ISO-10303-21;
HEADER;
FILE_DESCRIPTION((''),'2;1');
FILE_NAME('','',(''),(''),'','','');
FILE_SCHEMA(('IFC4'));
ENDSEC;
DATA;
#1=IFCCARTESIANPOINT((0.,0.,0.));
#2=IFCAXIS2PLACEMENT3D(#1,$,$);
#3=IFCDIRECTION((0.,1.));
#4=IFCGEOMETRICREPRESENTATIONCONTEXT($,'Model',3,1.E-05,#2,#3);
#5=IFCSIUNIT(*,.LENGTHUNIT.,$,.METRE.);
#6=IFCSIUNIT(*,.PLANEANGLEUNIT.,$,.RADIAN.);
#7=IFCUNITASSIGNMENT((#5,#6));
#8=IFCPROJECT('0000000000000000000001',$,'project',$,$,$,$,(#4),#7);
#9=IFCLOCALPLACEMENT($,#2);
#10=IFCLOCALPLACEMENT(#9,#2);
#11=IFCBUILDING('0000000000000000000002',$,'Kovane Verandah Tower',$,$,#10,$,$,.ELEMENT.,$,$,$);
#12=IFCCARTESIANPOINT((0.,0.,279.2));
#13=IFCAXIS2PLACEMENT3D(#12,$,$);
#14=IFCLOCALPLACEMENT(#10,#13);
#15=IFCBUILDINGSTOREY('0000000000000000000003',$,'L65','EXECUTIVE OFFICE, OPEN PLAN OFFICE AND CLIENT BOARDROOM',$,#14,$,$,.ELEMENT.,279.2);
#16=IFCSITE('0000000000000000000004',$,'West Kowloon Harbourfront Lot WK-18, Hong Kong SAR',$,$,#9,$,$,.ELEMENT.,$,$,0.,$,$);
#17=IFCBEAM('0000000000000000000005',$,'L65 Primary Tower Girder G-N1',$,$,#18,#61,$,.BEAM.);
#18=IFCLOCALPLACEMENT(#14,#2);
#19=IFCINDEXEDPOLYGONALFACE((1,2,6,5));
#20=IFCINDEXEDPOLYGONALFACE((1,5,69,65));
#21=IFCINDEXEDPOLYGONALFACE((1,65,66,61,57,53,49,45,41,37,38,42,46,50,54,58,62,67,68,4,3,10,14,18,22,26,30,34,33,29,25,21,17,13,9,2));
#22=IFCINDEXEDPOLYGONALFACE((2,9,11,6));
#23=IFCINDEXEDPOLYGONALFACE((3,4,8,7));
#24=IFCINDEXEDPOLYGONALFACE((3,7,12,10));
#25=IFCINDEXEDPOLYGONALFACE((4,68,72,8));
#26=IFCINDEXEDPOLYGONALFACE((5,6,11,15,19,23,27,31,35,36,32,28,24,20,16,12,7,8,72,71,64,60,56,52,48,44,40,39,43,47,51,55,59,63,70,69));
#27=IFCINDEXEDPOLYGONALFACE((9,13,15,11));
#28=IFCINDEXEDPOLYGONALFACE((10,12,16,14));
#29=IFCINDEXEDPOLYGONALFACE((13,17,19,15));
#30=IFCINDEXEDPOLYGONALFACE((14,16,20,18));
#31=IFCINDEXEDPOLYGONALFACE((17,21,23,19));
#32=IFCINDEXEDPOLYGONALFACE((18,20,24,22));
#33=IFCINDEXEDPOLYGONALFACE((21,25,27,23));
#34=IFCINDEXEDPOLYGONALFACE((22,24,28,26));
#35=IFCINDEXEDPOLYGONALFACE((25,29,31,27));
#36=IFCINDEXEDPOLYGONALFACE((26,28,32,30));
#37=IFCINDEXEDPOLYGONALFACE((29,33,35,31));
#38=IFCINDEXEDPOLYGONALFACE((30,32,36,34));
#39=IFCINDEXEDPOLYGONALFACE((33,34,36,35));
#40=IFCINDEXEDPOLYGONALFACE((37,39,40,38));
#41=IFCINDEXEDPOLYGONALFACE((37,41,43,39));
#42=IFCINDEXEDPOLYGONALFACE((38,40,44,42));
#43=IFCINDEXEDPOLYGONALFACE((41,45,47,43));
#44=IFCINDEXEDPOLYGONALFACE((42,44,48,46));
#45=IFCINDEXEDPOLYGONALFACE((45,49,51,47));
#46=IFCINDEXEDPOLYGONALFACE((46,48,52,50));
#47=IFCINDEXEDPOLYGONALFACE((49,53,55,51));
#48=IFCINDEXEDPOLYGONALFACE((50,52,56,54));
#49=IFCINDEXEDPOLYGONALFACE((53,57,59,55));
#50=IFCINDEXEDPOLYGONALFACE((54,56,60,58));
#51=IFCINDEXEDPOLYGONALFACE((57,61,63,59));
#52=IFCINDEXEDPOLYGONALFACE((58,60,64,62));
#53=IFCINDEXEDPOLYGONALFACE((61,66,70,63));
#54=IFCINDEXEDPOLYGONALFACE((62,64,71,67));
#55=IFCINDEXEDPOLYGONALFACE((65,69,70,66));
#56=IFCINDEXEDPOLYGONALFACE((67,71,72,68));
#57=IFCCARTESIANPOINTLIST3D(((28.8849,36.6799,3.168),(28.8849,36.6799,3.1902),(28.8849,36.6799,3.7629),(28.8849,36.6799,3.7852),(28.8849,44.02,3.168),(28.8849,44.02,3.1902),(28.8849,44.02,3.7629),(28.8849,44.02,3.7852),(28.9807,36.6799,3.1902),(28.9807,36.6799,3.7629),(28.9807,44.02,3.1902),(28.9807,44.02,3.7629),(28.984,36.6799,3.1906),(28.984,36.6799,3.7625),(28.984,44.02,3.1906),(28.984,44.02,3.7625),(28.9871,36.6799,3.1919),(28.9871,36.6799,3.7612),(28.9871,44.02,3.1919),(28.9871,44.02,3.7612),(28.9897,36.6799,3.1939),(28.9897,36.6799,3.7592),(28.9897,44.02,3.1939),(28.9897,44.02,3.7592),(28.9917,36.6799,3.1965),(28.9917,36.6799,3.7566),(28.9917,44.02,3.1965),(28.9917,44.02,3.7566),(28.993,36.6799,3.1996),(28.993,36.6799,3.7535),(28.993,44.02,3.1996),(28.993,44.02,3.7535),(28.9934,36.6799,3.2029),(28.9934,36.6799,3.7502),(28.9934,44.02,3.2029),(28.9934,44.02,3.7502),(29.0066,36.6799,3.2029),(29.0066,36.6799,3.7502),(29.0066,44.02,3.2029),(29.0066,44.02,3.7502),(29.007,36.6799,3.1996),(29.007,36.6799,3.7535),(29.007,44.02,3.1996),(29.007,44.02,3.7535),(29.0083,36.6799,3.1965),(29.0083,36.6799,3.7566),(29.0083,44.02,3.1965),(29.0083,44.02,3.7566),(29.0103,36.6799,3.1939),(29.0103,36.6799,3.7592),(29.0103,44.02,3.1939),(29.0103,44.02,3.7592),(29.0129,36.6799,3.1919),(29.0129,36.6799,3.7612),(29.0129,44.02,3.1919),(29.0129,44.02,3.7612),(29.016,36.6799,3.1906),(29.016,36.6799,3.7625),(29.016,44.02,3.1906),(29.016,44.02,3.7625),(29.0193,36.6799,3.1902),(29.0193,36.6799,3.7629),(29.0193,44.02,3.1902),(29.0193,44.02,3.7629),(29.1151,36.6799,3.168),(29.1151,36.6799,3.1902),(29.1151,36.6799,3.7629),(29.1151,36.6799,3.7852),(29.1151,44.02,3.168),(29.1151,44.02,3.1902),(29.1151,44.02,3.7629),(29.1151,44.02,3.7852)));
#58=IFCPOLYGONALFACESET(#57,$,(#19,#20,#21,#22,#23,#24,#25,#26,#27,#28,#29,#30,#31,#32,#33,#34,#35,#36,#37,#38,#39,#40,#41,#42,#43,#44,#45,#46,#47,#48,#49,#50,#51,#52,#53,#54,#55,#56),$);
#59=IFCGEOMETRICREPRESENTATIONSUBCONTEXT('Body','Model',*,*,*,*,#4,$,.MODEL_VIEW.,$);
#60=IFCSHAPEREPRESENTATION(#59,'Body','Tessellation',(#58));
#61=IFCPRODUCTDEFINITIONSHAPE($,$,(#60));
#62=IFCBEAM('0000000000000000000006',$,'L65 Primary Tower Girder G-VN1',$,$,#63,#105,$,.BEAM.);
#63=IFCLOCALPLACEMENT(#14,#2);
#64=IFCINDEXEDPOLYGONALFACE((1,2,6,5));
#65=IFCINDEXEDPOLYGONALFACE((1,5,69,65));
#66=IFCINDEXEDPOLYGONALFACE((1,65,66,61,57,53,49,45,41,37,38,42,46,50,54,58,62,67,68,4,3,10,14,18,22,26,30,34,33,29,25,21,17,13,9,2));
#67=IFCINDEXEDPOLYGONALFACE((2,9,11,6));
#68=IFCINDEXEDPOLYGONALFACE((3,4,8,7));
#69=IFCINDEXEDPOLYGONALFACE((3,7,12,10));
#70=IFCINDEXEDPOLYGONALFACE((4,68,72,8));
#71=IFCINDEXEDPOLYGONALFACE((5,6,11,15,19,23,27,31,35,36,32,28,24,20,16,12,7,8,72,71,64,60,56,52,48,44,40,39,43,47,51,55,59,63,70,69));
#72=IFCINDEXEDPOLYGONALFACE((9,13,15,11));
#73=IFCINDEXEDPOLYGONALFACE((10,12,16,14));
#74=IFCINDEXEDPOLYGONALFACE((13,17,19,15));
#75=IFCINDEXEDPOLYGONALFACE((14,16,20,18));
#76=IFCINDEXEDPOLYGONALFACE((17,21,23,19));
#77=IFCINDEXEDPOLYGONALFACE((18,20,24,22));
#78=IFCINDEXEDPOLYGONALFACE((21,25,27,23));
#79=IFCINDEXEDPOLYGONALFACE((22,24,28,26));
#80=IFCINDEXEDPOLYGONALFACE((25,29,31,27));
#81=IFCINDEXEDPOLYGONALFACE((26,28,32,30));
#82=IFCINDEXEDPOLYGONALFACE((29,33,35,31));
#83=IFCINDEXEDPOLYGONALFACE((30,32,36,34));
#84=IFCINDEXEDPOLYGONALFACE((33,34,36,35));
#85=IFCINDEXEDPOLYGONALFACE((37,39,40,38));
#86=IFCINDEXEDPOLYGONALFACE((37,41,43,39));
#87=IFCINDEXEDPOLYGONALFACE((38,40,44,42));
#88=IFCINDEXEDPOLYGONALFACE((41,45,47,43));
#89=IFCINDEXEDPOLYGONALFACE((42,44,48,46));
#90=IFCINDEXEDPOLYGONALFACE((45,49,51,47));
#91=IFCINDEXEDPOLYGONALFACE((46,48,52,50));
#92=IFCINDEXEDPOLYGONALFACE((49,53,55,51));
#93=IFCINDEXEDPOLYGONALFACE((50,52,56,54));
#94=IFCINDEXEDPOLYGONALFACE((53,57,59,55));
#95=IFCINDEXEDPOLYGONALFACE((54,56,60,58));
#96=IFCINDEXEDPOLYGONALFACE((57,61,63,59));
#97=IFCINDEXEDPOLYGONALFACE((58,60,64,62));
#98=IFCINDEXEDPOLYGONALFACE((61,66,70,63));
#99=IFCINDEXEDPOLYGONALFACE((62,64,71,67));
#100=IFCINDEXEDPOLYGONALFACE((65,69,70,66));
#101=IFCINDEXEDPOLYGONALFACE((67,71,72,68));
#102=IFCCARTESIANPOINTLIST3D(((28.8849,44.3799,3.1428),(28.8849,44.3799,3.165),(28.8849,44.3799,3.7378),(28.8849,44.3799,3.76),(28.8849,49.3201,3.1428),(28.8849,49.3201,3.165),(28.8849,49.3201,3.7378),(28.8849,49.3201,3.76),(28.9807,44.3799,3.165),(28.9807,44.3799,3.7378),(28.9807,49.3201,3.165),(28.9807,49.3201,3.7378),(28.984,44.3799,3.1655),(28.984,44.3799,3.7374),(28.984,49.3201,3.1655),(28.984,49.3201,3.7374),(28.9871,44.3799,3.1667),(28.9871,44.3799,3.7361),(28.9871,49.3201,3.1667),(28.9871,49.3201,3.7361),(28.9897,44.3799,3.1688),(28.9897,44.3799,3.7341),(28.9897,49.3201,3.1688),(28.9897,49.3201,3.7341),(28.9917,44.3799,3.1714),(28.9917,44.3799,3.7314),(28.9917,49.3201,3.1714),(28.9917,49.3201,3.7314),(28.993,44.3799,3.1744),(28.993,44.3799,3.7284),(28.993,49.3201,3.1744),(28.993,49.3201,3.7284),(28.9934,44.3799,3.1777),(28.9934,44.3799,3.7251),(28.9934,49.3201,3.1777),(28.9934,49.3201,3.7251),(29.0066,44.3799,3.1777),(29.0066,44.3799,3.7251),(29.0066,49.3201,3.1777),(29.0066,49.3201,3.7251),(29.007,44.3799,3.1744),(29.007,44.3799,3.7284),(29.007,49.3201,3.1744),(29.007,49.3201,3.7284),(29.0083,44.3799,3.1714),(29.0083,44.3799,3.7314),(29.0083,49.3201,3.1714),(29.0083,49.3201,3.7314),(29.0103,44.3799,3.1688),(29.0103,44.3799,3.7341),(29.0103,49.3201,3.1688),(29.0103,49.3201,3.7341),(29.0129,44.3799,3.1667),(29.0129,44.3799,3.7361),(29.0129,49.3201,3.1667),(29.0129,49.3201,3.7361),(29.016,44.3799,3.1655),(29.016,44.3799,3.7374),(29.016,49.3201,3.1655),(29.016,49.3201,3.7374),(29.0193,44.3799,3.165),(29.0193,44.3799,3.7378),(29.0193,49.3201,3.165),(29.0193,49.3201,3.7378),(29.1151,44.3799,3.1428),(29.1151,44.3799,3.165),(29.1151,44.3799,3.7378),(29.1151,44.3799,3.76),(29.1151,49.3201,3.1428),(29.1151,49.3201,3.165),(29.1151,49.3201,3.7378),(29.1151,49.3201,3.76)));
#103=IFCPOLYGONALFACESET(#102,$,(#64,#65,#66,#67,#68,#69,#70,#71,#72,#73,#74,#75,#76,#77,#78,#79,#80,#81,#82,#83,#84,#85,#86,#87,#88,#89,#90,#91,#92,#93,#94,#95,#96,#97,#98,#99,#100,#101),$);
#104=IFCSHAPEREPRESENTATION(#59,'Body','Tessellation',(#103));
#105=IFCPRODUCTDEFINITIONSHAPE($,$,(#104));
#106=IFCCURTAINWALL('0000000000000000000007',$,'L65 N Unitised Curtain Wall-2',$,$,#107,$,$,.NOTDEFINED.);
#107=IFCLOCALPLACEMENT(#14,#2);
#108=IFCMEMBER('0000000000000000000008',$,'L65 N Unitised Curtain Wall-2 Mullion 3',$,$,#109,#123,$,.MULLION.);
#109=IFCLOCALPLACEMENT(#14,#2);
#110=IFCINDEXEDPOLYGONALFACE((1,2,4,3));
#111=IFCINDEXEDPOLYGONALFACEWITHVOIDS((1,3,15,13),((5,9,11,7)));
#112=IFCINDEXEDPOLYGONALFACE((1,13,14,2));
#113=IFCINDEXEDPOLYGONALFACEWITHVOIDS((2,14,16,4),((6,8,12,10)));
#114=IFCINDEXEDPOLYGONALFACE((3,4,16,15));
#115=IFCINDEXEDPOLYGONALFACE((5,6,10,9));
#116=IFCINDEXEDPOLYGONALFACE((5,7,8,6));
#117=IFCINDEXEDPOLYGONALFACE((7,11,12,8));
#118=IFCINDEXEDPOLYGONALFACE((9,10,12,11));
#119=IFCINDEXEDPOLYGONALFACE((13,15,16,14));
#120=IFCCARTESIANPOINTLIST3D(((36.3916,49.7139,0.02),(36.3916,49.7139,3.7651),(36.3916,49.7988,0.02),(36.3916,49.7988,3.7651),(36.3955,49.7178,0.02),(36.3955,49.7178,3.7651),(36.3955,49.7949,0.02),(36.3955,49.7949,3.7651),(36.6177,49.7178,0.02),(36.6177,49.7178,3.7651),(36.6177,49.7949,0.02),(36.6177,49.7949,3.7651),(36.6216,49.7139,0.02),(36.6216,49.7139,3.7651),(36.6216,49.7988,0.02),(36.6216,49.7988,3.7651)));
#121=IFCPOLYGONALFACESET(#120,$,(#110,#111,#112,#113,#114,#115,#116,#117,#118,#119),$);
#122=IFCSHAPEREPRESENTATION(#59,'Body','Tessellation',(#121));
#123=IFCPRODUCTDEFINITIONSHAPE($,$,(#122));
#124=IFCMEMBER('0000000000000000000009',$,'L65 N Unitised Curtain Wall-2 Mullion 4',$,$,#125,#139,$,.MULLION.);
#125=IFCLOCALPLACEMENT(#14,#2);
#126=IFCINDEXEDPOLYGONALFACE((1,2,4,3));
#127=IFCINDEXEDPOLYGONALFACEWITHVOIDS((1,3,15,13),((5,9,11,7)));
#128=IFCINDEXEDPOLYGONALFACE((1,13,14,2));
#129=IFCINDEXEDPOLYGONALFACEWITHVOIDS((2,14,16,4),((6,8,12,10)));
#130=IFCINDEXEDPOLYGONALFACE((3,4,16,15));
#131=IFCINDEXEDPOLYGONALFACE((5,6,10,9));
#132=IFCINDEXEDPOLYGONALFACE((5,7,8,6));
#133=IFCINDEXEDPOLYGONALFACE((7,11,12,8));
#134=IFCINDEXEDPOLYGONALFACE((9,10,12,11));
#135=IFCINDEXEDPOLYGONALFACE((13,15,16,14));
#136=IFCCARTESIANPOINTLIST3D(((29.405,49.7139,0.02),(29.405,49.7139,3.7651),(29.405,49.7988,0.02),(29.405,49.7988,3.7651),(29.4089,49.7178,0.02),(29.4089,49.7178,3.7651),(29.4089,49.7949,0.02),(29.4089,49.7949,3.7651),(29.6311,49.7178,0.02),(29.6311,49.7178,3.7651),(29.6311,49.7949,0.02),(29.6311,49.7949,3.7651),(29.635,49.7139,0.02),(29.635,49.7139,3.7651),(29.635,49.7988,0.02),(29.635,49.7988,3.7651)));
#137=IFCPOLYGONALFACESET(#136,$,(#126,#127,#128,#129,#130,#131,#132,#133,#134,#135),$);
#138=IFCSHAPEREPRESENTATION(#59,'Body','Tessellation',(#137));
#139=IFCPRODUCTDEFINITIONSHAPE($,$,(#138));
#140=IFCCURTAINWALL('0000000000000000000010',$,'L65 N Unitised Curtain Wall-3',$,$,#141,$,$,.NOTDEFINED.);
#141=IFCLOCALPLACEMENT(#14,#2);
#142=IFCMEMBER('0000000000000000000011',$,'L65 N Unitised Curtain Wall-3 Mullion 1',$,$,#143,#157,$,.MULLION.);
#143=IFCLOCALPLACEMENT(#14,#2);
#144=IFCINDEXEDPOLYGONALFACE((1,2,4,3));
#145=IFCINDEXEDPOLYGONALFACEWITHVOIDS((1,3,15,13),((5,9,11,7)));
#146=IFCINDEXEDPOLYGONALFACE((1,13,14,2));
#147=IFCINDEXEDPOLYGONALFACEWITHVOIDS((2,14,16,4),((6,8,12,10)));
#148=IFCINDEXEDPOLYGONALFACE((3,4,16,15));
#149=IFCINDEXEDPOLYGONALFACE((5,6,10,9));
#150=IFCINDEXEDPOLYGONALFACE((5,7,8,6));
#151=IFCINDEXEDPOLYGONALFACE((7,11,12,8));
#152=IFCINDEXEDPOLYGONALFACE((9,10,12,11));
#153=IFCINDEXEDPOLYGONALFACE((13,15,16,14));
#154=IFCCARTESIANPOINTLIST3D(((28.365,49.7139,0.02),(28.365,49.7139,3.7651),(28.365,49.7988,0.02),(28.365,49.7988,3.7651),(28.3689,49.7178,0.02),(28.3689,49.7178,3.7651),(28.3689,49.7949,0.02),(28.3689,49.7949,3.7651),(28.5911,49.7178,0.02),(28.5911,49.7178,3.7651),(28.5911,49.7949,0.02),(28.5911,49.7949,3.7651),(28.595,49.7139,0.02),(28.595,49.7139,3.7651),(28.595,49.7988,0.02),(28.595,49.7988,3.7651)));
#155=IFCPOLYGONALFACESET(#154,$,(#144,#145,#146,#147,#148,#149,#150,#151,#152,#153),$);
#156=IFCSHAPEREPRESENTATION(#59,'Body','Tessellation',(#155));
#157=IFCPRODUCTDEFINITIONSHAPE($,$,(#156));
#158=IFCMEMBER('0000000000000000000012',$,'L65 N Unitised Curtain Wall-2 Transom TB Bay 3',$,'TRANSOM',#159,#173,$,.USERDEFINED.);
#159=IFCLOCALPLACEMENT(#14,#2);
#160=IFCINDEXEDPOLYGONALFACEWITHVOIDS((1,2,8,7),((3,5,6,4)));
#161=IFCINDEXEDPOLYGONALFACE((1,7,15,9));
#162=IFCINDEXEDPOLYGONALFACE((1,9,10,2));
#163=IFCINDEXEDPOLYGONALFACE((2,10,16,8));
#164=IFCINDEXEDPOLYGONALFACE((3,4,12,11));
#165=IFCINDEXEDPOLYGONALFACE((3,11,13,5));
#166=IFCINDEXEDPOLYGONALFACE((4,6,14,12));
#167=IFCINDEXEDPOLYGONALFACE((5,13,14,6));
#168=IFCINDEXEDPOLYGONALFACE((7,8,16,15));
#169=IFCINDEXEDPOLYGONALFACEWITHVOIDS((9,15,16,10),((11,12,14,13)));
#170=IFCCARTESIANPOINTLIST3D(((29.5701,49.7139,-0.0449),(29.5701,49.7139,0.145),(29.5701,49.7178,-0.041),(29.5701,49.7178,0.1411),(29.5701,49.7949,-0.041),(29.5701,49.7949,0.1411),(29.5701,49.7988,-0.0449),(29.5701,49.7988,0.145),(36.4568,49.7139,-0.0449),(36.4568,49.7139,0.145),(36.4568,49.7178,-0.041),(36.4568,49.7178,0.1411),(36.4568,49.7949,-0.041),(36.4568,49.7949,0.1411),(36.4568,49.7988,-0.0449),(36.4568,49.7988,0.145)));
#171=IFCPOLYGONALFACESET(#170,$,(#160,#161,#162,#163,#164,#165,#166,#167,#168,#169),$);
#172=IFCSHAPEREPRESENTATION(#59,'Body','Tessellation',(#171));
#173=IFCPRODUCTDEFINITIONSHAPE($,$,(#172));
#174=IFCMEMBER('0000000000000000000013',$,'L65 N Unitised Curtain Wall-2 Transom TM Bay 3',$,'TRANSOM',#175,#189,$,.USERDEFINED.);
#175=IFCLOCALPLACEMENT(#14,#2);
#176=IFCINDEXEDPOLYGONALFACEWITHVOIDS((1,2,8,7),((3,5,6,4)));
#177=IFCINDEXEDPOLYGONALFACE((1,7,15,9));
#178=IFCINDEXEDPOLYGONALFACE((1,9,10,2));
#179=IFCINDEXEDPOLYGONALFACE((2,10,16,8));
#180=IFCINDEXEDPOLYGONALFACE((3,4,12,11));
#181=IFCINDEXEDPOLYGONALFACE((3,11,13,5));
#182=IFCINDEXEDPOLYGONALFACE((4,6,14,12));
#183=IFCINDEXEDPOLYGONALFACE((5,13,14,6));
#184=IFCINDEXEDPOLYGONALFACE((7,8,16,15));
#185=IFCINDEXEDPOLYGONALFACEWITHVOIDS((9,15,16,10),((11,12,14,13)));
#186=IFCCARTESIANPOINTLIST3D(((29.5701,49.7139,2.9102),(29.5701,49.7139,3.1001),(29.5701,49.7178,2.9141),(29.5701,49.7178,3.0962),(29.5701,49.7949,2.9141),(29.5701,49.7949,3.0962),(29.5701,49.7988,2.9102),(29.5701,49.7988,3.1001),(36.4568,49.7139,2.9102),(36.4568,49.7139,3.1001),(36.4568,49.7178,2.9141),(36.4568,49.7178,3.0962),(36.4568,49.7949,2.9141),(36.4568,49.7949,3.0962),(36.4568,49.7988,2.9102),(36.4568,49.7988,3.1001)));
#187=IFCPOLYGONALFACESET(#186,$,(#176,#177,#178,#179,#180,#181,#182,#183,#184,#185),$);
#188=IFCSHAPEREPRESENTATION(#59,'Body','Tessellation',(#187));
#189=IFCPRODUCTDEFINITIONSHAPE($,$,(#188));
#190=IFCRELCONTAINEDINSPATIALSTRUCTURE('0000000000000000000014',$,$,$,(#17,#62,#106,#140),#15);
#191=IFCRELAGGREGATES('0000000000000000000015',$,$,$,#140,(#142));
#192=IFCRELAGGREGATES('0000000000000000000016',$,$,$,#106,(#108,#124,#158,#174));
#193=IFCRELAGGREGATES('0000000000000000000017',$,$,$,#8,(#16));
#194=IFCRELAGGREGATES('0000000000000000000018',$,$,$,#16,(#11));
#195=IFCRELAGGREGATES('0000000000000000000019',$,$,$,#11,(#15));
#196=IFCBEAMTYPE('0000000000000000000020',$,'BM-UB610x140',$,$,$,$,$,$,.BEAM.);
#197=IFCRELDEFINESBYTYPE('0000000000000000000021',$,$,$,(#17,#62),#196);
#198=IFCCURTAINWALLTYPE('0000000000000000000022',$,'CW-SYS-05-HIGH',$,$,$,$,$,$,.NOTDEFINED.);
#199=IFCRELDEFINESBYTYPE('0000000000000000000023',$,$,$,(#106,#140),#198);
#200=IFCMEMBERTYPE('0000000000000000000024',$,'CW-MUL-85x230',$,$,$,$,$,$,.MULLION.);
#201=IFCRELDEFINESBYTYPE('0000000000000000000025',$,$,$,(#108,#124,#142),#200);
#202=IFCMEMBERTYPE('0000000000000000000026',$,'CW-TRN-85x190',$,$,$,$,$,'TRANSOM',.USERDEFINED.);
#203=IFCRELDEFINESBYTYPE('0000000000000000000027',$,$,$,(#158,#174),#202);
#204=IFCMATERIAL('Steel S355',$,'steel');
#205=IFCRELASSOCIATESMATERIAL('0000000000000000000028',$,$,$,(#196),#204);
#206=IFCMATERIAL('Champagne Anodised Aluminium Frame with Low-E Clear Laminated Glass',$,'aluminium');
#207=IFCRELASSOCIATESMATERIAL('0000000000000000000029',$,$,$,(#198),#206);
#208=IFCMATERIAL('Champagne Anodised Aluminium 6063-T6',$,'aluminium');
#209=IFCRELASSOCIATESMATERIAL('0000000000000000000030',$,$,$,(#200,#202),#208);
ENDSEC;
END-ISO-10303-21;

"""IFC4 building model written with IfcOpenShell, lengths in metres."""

from ifc_helpers import new_model, si_unit, direction, frame, origin, origin_2d, place, context, subcontext, project, spatial, hollow_rectangle, i_section, extrude, material, material_profile, profile_set, type_object, element, aggregate, save


model = new_model("IFC4")

# Units and contexts
model_context = context("Model", 3, precision=1e-05, world=origin(), true_north=direction((0.0, 1.0)))
body_context = subcontext(model_context, "Body", "Model", "MODEL_VIEW")
ifc_project = project(units=[si_unit("LENGTHUNIT", "METRE"), si_unit("PLANEANGLEUNIT", "RADIAN")], contexts=[model_context])

# Site, building, storey
site_placement = place(None, origin())
site = spatial("IfcSite", under=ifc_project, at=site_placement, Name="West Kowloon Harbourfront Lot WK-18, Hong Kong SAR", CompositionType="ELEMENT", RefElevation=0.0)
building_placement = place(site_placement, origin())
building = spatial("IfcBuilding", under=site, at=building_placement, Name="Kovane Verandah Tower", CompositionType="ELEMENT")
storey_placement = place(building_placement, frame((0.0, 0.0, 279.2)))
storey = spatial("IfcBuildingStorey", under=building, at=storey_placement, Name="L65", Description="EXECUTIVE OFFICE, OPEN PLAN OFFICE AND CLIENT BOARDROOM", CompositionType="ELEMENT", Elevation=279.2)

# Beams
ifc_material_1 = material(Name="Steel S355", Category="steel")
ifc_material_profile_1 = material_profile(ifc_material_1, i_section(OverallWidth=0.2302, OverallDepth=0.6172, WebThickness=0.0132, FlangeThickness=0.0222, FilletRadius=0.0127, at=origin_2d()), Name="UB610x229x140")
ifc_profile_set_1 = profile_set([ifc_material_profile_1], Name="Steel S355")
beam_type_1 = type_object("IfcBeamType", Name="BM-UB610x140", PredefinedType="BEAM", material=ifc_profile_set_1)
beam_1_placement = place(storey_placement, frame((29.0, 36.6799, 3.4766), z_axis=(0.0, 1.0, 0.0), x_axis=(-1.0, 0.0, 0.0)))
element("IfcBeam", 1, at=beam_1_placement, inside=storey, type_object=beam_type_1, Name="L65 Primary Tower Girder G-N1", PredefinedType="BEAM", context=body_context, shape_type="SweptSolid", body=[
    extrude(i_section(OverallWidth=0.2302, OverallDepth=0.6172, WebThickness=0.0132, FlangeThickness=0.0222, FilletRadius=0.0127, at=origin_2d()), origin(), (0.0, 0.0, 1.0), 7.3401),
])
beam_2_placement = place(storey_placement, frame((29.0, 44.3799, 3.4514), z_axis=(0.0, 1.0, 0.0), x_axis=(-1.0, 0.0, 0.0)))
element("IfcBeam", 2, at=beam_2_placement, inside=storey, type_object=beam_type_1, Name="L65 Primary Tower Girder G-VN1", PredefinedType="BEAM", context=body_context, shape_type="SweptSolid", body=[
    extrude(i_section(OverallWidth=0.2302, OverallDepth=0.6172, WebThickness=0.0132, FlangeThickness=0.0222, FilletRadius=0.0127, at=origin_2d()), origin(), (0.0, 0.0, 1.0), 4.9402),
])

# Curtain wall, members
ifc_material_2 = material(Name="Champagne Anodised Aluminium Frame with Low-E Clear Laminated Glass", Category="aluminium")
curtain_wall_type = type_object("IfcCurtainWallType", Name="CW-SYS-05-HIGH", PredefinedType="NOTDEFINED", material=ifc_material_2)
curtain_wall_1_placement = place(storey_placement, origin())
curtain_wall_1 = element("IfcCurtainWall", 3, at=curtain_wall_1_placement, inside=storey, type_object=curtain_wall_type, Name="L65 N Unitised Curtain Wall-2", PredefinedType="NOTDEFINED")
ifc_material_3 = material(Name="Champagne Anodised Aluminium 6063-T6", Category="aluminium")
ifc_material_profile_2 = material_profile(ifc_material_3, hollow_rectangle(XDim=0.085, YDim=0.23, WallThickness=0.0039, at=origin_2d()), Name="AL85x230x4")
ifc_profile_set_2 = profile_set([ifc_material_profile_2], Name="Champagne Anodised Aluminium 6063-T6")
member_type_1 = type_object("IfcMemberType", Name="CW-MUL-85x230", PredefinedType="MULLION", material=ifc_profile_set_2)
member_1_placement = place(storey_placement, frame((36.5066, 49.7563, 0.02), z_axis=(0.0, 0.0, 1.0), x_axis=(0.0, 1.0, 0.0)))
member_1 = element("IfcMember", 4, at=member_1_placement, type_object=member_type_1, Name="L65 N Unitised Curtain Wall-2 Mullion 3", PredefinedType="MULLION", context=body_context, shape_type="SweptSolid", body=[
    extrude(hollow_rectangle(XDim=0.085, YDim=0.23, WallThickness=0.0039, at=origin_2d()), origin(), (0.0, 0.0, 1.0), 3.7451),
])
member_2_placement = place(storey_placement, frame((29.52, 49.7563, 0.02), z_axis=(0.0, 0.0, 1.0), x_axis=(0.0, 1.0, 0.0)))
member_2 = element("IfcMember", 5, at=member_2_placement, type_object=member_type_1, Name="L65 N Unitised Curtain Wall-2 Mullion 4", PredefinedType="MULLION", context=body_context, shape_type="SweptSolid", body=[
    extrude(hollow_rectangle(XDim=0.085, YDim=0.23, WallThickness=0.0039, at=origin_2d()), origin(), (0.0, 0.0, 1.0), 3.7451),
])

# Curtain wall, member
curtain_wall_2_placement = place(storey_placement, origin())
curtain_wall_2 = element("IfcCurtainWall", 6, at=curtain_wall_2_placement, inside=storey, type_object=curtain_wall_type, Name="L65 N Unitised Curtain Wall-3", PredefinedType="NOTDEFINED")
member_3_placement = place(storey_placement, frame((28.48, 49.7563, 0.02), z_axis=(0.0, 0.0, 1.0), x_axis=(0.0, 1.0, 0.0)))
member_3 = element("IfcMember", 7, at=member_3_placement, type_object=member_type_1, Name="L65 N Unitised Curtain Wall-3 Mullion 1", PredefinedType="MULLION", context=body_context, shape_type="SweptSolid", body=[
    extrude(hollow_rectangle(XDim=0.085, YDim=0.23, WallThickness=0.0039, at=origin_2d()), origin(), (0.0, 0.0, 1.0), 3.7451),
])
aggregate(curtain_wall_2, [member_3])

# Members
ifc_material_profile_3 = material_profile(ifc_material_3, hollow_rectangle(XDim=0.085, YDim=0.1899, WallThickness=0.0039, at=origin_2d()), Name="AL85x190x4")
ifc_profile_set_3 = profile_set([ifc_material_profile_3], Name="Champagne Anodised Aluminium 6063-T6")
member_type_2 = type_object("IfcMemberType", Name="CW-TRN-85x190", ElementType="TRANSOM", PredefinedType="USERDEFINED", material=ifc_profile_set_3)
member_4_placement = place(storey_placement, frame((36.4568, 49.7563, 0.05), z_axis=(-1.0, 0.0, 0.0), x_axis=(0.0, -1.0, 0.0)))
member_4 = element("IfcMember", 8, at=member_4_placement, type_object=member_type_2, Name="L65 N Unitised Curtain Wall-2 Transom TB Bay 3", ObjectType="TRANSOM", PredefinedType="USERDEFINED", context=body_context, shape_type="SweptSolid", body=[
    extrude(hollow_rectangle(XDim=0.085, YDim=0.1899, WallThickness=0.0039, at=origin_2d()), origin(), (0.0, 0.0, 1.0), 6.8867),
])
member_5_placement = place(storey_placement, frame((36.4568, 49.7563, 3.0051), z_axis=(-1.0, 0.0, 0.0), x_axis=(0.0, -1.0, 0.0)))
member_5 = element("IfcMember", 9, at=member_5_placement, type_object=member_type_2, Name="L65 N Unitised Curtain Wall-2 Transom TM Bay 3", ObjectType="TRANSOM", PredefinedType="USERDEFINED", context=body_context, shape_type="SweptSolid", body=[
    extrude(hollow_rectangle(XDim=0.085, YDim=0.1899, WallThickness=0.0039, at=origin_2d()), origin(), (0.0, 0.0, 1.0), 6.8867),
])

aggregate(curtain_wall_1, [member_1, member_2, member_4, member_5])

save(model, "model.ifc")
